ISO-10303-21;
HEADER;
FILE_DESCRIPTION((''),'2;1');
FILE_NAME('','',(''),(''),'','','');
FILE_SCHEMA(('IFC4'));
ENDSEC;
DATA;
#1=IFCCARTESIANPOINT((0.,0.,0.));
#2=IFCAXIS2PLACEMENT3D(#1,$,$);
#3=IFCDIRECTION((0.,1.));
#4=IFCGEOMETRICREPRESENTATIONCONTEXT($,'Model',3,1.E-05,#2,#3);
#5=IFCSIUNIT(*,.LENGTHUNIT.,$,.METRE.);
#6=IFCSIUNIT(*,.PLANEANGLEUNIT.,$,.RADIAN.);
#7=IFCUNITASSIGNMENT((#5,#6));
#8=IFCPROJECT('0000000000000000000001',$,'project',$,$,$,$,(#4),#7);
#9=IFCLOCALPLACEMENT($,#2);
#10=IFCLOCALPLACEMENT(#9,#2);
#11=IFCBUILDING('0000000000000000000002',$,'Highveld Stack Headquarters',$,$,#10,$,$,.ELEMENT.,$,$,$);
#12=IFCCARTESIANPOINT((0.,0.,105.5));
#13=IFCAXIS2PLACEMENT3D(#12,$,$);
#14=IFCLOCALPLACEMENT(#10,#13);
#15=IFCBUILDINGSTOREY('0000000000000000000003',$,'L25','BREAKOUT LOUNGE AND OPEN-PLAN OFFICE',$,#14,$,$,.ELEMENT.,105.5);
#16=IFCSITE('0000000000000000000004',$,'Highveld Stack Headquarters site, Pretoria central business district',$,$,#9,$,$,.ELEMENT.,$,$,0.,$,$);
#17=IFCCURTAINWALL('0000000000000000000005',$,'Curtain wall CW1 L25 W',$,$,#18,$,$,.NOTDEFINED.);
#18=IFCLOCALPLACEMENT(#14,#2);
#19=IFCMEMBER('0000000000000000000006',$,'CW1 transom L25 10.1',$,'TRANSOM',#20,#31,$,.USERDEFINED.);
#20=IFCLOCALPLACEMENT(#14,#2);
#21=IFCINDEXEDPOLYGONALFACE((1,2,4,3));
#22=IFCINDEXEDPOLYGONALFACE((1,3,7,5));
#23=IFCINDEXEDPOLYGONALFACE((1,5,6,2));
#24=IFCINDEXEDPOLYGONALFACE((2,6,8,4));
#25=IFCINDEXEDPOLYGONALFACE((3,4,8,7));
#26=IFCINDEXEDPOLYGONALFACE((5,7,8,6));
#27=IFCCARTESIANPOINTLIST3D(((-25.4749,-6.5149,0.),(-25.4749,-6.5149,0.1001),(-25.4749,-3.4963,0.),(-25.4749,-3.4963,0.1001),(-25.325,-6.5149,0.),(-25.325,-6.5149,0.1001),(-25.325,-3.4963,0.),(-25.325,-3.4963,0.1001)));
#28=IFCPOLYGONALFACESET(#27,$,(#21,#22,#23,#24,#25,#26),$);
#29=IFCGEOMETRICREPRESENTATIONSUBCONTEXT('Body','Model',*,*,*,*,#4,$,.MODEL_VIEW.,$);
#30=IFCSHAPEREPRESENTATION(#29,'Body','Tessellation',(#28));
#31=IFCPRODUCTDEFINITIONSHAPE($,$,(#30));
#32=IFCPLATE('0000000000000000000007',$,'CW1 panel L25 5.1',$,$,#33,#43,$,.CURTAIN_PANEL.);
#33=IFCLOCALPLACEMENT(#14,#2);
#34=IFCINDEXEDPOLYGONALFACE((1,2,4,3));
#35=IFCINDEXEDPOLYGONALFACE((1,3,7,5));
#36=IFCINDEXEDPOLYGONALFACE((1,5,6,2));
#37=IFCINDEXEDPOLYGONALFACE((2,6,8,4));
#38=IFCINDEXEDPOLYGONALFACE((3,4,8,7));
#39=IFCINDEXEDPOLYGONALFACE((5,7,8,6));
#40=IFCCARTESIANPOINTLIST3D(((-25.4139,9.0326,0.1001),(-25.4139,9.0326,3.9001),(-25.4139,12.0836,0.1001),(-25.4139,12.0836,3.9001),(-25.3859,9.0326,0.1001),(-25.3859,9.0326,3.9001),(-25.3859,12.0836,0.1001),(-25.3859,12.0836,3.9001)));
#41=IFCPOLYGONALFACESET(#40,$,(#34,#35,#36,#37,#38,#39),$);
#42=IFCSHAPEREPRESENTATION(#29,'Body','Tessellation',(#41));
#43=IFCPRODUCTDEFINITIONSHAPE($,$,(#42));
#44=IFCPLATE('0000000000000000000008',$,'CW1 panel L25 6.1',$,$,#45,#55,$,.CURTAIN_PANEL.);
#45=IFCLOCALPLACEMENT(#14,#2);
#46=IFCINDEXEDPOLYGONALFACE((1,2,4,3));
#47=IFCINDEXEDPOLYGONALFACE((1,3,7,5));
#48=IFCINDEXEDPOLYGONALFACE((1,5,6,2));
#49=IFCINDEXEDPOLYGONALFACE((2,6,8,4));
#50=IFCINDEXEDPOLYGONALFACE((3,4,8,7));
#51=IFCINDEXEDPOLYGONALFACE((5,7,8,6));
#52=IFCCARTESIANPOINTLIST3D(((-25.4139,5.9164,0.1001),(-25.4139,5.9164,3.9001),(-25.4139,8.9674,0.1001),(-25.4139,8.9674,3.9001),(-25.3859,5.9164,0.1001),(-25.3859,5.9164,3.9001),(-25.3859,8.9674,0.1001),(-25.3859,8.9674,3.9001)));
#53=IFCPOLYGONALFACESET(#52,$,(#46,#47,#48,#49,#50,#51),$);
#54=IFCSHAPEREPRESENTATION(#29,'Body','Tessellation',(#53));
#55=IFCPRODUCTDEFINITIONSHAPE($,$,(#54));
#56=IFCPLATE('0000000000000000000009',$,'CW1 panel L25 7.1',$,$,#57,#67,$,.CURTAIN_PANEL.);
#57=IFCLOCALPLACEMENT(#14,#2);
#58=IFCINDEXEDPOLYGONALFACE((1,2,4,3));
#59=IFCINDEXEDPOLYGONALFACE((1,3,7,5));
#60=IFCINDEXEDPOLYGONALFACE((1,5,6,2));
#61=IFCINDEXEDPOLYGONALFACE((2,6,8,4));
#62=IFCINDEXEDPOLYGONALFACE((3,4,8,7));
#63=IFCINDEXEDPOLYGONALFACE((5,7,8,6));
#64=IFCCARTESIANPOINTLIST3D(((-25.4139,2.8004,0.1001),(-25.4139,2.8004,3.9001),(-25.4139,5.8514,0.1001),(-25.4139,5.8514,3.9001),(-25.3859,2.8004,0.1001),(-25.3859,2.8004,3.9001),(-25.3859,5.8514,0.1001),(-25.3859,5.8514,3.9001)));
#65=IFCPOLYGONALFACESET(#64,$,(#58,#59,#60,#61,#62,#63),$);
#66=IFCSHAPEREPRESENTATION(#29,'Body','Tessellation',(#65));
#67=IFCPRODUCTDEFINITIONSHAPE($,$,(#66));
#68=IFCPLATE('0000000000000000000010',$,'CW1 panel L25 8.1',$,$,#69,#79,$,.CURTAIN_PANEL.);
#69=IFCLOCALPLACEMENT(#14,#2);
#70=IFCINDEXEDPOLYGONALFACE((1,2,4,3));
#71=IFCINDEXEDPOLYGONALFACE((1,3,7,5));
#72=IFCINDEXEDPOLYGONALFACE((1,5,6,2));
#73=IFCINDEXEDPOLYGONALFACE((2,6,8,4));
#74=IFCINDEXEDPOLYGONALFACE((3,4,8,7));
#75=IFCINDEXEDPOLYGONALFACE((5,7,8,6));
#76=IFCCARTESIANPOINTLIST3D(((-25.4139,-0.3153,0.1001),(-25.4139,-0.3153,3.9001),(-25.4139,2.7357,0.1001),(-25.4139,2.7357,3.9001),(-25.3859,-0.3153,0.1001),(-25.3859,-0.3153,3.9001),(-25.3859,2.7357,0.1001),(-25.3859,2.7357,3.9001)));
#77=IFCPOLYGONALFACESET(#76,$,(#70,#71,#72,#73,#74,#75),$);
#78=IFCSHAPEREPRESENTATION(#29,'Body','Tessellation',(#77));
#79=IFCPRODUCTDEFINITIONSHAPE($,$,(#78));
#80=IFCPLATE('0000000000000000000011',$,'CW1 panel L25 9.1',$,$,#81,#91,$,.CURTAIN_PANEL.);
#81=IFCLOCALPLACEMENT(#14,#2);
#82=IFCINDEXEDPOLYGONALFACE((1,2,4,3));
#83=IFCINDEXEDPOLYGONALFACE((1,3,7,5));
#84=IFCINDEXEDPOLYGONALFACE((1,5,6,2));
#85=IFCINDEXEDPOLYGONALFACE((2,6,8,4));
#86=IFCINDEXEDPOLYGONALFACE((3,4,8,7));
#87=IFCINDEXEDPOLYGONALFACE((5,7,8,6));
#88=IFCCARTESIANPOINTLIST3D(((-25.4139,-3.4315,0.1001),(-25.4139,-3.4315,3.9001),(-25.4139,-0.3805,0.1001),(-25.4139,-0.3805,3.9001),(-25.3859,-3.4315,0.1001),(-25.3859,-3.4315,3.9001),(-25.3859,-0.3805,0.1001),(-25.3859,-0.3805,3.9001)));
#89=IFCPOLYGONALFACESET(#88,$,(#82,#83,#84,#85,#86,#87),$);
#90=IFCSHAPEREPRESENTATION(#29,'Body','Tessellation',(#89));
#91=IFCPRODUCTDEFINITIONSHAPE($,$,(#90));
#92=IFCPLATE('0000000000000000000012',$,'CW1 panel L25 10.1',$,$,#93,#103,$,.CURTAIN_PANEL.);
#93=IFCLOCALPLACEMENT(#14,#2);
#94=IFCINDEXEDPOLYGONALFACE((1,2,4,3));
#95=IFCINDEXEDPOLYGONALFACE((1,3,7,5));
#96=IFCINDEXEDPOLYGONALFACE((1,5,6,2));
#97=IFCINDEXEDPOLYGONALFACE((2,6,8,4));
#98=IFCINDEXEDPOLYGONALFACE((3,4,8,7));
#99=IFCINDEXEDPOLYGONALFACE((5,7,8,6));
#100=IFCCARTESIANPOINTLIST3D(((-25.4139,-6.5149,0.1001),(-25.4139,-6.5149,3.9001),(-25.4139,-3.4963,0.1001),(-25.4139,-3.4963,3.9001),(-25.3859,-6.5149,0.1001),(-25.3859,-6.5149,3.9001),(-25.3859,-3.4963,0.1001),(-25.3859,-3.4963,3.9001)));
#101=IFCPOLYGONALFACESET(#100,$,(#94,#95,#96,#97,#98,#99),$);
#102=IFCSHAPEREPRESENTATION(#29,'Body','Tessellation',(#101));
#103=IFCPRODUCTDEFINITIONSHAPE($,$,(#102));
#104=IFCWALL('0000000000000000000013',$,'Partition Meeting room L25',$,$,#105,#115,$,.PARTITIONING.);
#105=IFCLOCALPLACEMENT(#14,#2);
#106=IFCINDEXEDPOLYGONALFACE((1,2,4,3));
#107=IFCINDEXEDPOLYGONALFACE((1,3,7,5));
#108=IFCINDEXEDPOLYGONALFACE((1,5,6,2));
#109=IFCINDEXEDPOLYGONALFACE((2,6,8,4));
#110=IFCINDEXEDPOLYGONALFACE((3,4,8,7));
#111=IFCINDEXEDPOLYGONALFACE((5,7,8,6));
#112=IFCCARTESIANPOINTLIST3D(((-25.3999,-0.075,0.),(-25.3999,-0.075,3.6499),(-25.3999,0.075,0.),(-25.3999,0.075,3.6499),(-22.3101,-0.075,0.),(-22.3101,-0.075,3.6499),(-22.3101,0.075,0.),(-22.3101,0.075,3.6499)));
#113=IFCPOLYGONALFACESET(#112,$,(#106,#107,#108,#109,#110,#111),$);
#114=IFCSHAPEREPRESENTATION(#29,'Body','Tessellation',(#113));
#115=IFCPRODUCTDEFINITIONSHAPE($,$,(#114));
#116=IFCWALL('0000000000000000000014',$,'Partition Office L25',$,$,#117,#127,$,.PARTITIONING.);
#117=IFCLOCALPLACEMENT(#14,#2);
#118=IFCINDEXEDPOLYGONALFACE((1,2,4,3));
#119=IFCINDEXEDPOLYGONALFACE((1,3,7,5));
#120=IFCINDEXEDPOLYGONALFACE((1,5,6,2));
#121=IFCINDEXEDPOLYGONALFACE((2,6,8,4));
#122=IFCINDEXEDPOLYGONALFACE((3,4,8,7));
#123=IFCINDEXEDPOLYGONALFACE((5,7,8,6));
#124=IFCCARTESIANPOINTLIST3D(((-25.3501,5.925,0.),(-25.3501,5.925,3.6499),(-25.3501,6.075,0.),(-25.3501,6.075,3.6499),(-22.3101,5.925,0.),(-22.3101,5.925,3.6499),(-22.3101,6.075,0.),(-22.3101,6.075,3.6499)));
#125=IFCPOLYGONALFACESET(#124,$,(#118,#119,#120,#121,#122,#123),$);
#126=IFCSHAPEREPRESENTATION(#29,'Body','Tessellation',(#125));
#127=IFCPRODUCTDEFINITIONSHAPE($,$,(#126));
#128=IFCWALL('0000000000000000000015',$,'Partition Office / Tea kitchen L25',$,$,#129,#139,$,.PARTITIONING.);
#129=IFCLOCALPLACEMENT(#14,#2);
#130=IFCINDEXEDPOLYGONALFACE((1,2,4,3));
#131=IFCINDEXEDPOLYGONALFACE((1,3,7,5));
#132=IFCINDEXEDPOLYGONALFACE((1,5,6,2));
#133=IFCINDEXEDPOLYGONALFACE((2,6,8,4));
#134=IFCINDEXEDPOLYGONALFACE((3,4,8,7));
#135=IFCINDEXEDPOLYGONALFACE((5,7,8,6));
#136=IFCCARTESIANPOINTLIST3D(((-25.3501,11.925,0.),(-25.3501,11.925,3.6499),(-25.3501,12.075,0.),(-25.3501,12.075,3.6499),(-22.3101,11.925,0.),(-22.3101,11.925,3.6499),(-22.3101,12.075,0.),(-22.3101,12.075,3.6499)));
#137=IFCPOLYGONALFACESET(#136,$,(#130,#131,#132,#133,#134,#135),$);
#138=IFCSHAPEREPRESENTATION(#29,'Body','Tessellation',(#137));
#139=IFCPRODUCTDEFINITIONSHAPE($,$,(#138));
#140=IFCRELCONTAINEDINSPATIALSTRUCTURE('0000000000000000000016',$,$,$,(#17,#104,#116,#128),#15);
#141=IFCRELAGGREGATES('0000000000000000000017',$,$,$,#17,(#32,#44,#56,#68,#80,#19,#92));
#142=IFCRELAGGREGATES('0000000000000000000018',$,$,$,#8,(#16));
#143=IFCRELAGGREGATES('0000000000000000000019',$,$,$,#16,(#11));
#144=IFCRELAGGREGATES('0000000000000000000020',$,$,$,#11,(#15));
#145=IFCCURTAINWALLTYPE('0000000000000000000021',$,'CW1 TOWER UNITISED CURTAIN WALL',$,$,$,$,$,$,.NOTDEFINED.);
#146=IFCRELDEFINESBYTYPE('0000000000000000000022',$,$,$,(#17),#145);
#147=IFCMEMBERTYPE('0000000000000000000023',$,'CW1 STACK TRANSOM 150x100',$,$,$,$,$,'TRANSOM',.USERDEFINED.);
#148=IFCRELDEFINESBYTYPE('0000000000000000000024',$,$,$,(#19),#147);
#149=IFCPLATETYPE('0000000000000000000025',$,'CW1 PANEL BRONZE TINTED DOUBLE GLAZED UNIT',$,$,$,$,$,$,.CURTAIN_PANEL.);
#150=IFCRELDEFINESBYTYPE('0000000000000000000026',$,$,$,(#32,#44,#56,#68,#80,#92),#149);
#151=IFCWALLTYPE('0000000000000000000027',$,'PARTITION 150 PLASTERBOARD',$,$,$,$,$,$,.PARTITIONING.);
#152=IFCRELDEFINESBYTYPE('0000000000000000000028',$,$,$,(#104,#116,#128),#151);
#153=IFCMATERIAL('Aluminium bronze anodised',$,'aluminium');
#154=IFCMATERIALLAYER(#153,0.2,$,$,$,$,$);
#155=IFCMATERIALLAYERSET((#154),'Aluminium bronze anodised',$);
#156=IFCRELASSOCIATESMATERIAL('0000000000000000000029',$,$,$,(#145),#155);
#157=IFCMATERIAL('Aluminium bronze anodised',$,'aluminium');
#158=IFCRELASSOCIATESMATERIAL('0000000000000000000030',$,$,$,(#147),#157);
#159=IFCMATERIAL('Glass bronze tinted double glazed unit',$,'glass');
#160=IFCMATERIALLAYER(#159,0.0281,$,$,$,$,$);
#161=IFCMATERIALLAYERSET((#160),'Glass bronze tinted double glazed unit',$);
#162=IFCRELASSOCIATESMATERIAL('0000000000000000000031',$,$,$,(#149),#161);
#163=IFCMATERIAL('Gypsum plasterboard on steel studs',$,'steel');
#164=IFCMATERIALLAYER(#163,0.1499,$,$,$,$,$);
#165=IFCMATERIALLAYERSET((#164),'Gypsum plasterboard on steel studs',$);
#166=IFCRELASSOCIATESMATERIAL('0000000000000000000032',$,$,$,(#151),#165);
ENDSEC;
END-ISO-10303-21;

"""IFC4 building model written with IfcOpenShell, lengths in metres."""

from ifc_helpers import new_model, si_unit, direction, frame, frame_2d, origin, origin_2d, place, context, subcontext, project, spatial, rectangle, extrude, material, layer, layer_set, material_profile, profile_set, type_object, element, aggregate, save


model = new_model("IFC4")

# Units and contexts
model_context = context("Model", 3, precision=1e-05, world=origin(), true_north=direction((0.0, 1.0)))
body_context = subcontext(model_context, "Body", "Model", "MODEL_VIEW")
ifc_project = project(units=[si_unit("LENGTHUNIT", "METRE"), si_unit("PLANEANGLEUNIT", "RADIAN")], contexts=[model_context])

# Site, building, storey
site_placement = place(None, origin())
site = spatial("IfcSite", under=ifc_project, at=site_placement, Name="Highveld Stack Headquarters site, Pretoria central business district", CompositionType="ELEMENT", RefElevation=0.0)
building_placement = place(site_placement, origin())
building = spatial("IfcBuilding", under=site, at=building_placement, Name="Highveld Stack Headquarters", CompositionType="ELEMENT")
storey_placement = place(building_placement, frame((0.0, 0.0, 105.5)))
storey = spatial("IfcBuildingStorey", under=building, at=storey_placement, Name="L25", Description="BREAKOUT LOUNGE AND OPEN-PLAN OFFICE", CompositionType="ELEMENT", Elevation=105.5)

# Curtain wall, member, plates
ifc_material_1 = material(Name="Aluminium bronze anodised", Category="aluminium")
ifc_layer_1 = layer(ifc_material_1, 0.2)
ifc_layer_set_1 = layer_set([ifc_layer_1], Name="Aluminium bronze anodised")
curtain_wall_type = type_object("IfcCurtainWallType", Name="CW1 TOWER UNITISED CURTAIN WALL", PredefinedType="NOTDEFINED", material=ifc_layer_set_1)
curtain_wall_placement = place(storey_placement, origin())
curtain_wall = element("IfcCurtainWall", 1, at=curtain_wall_placement, inside=storey, type_object=curtain_wall_type, Name="Curtain wall CW1 L25 W", PredefinedType="NOTDEFINED")
ifc_material_2 = material(Name="Aluminium bronze anodised", Category="aluminium")
ifc_material_profile_1 = material_profile(ifc_material_2, rectangle(XDim=0.1499, YDim=0.1001, at=origin_2d()), Name="CW1 TRANSOM 150x100")
ifc_profile_set_1 = profile_set([ifc_material_profile_1], Name="Aluminium bronze anodised")
member_type_1 = type_object("IfcMemberType", Name="CW1 STACK TRANSOM 150x100", ElementType="TRANSOM", PredefinedType="USERDEFINED", material=ifc_profile_set_1)
member_1_placement = place(storey_placement, frame((-25.3999, -3.4963, 0.05), z_axis=(0.0, -1.0, 0.0), x_axis=(1.0, 0.0, 0.0)))
member_1 = element("IfcMember", 2, at=member_1_placement, type_object=member_type_1, Name="CW1 transom L25 10.1", ObjectType="TRANSOM", PredefinedType="USERDEFINED", context=body_context, shape_type="SweptSolid", body=[
    extrude(rectangle(XDim=0.1499, YDim=0.1001, at=origin_2d()), origin(), (0.0, 0.0, 1.0), 3.0186),
])
ifc_material_3 = material(Name="Glass bronze tinted double glazed unit", Category="glass")
ifc_layer_2 = layer(ifc_material_3, 0.0281)
ifc_layer_set_2 = layer_set([ifc_layer_2], Name="Glass bronze tinted double glazed unit")
plate_type = type_object("IfcPlateType", Name="CW1 PANEL BRONZE TINTED DOUBLE GLAZED UNIT", PredefinedType="CURTAIN_PANEL", material=ifc_layer_set_2)
plate_1_placement = place(storey_placement, frame((-25.3999, 10.5581, 0.1001), z_axis=(0.0, 0.0, 1.0), x_axis=(0.0, -1.0, 0.0)))
plate_1 = element("IfcPlate", 3, at=plate_1_placement, type_object=plate_type, Name="CW1 panel L25 5.1", PredefinedType="CURTAIN_PANEL", context=body_context, shape_type="SweptSolid", body=[
    extrude(rectangle(XDim=3.051, YDim=0.0281, at=origin_2d()), origin(), (0.0, 0.0, 1.0), 3.8),
])
plate_2_placement = place(storey_placement, frame((-25.3999, 7.4419, 0.1001), z_axis=(0.0, 0.0, 1.0), x_axis=(0.0, -1.0, 0.0)))
plate_2 = element("IfcPlate", 4, at=plate_2_placement, type_object=plate_type, Name="CW1 panel L25 6.1", PredefinedType="CURTAIN_PANEL", context=body_context, shape_type="SweptSolid", body=[
    extrude(rectangle(XDim=3.051, YDim=0.0281, at=origin_2d()), origin(), (0.0, 0.0, 1.0), 3.8),
])
plate_3_placement = place(storey_placement, frame((-25.3999, 4.3259, 0.1001), z_axis=(0.0, 0.0, 1.0), x_axis=(0.0, -1.0, 0.0)))
plate_3 = element("IfcPlate", 5, at=plate_3_placement, type_object=plate_type, Name="CW1 panel L25 7.1", PredefinedType="CURTAIN_PANEL", context=body_context, shape_type="SweptSolid", body=[
    extrude(rectangle(XDim=3.051, YDim=0.0281, at=origin_2d()), origin(), (0.0, 0.0, 1.0), 3.8),
])
plate_4_placement = place(storey_placement, frame((-25.3999, 1.2102, 0.1001), z_axis=(0.0, 0.0, 1.0), x_axis=(0.0, -1.0, 0.0)))
plate_4 = element("IfcPlate", 6, at=plate_4_placement, type_object=plate_type, Name="CW1 panel L25 8.1", PredefinedType="CURTAIN_PANEL", context=body_context, shape_type="SweptSolid", body=[
    extrude(rectangle(XDim=3.051, YDim=0.0281, at=origin_2d()), origin(), (0.0, 0.0, 1.0), 3.8),
])
plate_5_placement = place(storey_placement, frame((-25.3999, -1.906, 0.1001), z_axis=(0.0, 0.0, 1.0), x_axis=(0.0, -1.0, 0.0)))
plate_5 = element("IfcPlate", 7, at=plate_5_placement, type_object=plate_type, Name="CW1 panel L25 9.1", PredefinedType="CURTAIN_PANEL", context=body_context, shape_type="SweptSolid", body=[
    extrude(rectangle(XDim=3.051, YDim=0.0281, at=origin_2d()), origin(), (0.0, 0.0, 1.0), 3.8),
])
plate_6_placement = place(storey_placement, frame((-25.3999, -5.0056, 0.1001), z_axis=(0.0, 0.0, 1.0), x_axis=(0.0, -1.0, 0.0)))
plate_6 = element("IfcPlate", 8, at=plate_6_placement, type_object=plate_type, Name="CW1 panel L25 10.1", PredefinedType="CURTAIN_PANEL", context=body_context, shape_type="SweptSolid", body=[
    extrude(rectangle(XDim=3.0186, YDim=0.0281, at=origin_2d()), origin(), (0.0, 0.0, 1.0), 3.8),
])
aggregate(curtain_wall, [plate_1, plate_2, plate_3, plate_4, plate_5, member_1, plate_6])

# Walls
ifc_material_4 = material(Name="Gypsum plasterboard on steel studs", Category="steel")
ifc_layer_3 = layer(ifc_material_4, 0.1499)
ifc_layer_set_3 = layer_set([ifc_layer_3], Name="Gypsum plasterboard on steel studs")
wall_type = type_object("IfcWallType", Name="PARTITION 150 PLASTERBOARD", PredefinedType="PARTITIONING", material=ifc_layer_set_3)
wall_placement = place(storey_placement, frame((-25.3999, 0.0, 0.0), z_axis=(0.0, 0.0, 1.0), x_axis=(1.0, 0.0, 0.0)))
element("IfcWall", 9, at=wall_placement, inside=storey, type_object=wall_type, Name="Partition Meeting room L25", PredefinedType="PARTITIONING", context=body_context, shape_type="SweptSolid", body=[
    extrude(rectangle(XDim=3.0898, YDim=0.1499, at=frame_2d((1.5449, 0.0))), origin(), (0.0, 0.0, 1.0), 3.6499),
])
for number, where, z_axis, x_axis, name in (
    (10, (-25.3501, 6.0, 0.0), (0.0, 0.0, 1.0), (1.0, 0.0, 0.0), "Partition Office L25"),
    (11, (-25.3501, 12.0, 0.0), (0.0, 0.0, 1.0), (1.0, 0.0, 0.0), "Partition Office / Tea kitchen L25"),
):
    element("IfcWall", number, at=place(storey_placement, frame(where, z_axis=z_axis, x_axis=x_axis)), inside=storey, type_object=wall_type, Name=name, PredefinedType="PARTITIONING", context=body_context, shape_type="SweptSolid", body=[
        extrude(rectangle(XDim=3.04, YDim=0.1499, at=frame_2d((1.52, 0.0))), origin(), (0.0, 0.0, 1.0), 3.6499),
    ])

save(model, "model.ifc")
